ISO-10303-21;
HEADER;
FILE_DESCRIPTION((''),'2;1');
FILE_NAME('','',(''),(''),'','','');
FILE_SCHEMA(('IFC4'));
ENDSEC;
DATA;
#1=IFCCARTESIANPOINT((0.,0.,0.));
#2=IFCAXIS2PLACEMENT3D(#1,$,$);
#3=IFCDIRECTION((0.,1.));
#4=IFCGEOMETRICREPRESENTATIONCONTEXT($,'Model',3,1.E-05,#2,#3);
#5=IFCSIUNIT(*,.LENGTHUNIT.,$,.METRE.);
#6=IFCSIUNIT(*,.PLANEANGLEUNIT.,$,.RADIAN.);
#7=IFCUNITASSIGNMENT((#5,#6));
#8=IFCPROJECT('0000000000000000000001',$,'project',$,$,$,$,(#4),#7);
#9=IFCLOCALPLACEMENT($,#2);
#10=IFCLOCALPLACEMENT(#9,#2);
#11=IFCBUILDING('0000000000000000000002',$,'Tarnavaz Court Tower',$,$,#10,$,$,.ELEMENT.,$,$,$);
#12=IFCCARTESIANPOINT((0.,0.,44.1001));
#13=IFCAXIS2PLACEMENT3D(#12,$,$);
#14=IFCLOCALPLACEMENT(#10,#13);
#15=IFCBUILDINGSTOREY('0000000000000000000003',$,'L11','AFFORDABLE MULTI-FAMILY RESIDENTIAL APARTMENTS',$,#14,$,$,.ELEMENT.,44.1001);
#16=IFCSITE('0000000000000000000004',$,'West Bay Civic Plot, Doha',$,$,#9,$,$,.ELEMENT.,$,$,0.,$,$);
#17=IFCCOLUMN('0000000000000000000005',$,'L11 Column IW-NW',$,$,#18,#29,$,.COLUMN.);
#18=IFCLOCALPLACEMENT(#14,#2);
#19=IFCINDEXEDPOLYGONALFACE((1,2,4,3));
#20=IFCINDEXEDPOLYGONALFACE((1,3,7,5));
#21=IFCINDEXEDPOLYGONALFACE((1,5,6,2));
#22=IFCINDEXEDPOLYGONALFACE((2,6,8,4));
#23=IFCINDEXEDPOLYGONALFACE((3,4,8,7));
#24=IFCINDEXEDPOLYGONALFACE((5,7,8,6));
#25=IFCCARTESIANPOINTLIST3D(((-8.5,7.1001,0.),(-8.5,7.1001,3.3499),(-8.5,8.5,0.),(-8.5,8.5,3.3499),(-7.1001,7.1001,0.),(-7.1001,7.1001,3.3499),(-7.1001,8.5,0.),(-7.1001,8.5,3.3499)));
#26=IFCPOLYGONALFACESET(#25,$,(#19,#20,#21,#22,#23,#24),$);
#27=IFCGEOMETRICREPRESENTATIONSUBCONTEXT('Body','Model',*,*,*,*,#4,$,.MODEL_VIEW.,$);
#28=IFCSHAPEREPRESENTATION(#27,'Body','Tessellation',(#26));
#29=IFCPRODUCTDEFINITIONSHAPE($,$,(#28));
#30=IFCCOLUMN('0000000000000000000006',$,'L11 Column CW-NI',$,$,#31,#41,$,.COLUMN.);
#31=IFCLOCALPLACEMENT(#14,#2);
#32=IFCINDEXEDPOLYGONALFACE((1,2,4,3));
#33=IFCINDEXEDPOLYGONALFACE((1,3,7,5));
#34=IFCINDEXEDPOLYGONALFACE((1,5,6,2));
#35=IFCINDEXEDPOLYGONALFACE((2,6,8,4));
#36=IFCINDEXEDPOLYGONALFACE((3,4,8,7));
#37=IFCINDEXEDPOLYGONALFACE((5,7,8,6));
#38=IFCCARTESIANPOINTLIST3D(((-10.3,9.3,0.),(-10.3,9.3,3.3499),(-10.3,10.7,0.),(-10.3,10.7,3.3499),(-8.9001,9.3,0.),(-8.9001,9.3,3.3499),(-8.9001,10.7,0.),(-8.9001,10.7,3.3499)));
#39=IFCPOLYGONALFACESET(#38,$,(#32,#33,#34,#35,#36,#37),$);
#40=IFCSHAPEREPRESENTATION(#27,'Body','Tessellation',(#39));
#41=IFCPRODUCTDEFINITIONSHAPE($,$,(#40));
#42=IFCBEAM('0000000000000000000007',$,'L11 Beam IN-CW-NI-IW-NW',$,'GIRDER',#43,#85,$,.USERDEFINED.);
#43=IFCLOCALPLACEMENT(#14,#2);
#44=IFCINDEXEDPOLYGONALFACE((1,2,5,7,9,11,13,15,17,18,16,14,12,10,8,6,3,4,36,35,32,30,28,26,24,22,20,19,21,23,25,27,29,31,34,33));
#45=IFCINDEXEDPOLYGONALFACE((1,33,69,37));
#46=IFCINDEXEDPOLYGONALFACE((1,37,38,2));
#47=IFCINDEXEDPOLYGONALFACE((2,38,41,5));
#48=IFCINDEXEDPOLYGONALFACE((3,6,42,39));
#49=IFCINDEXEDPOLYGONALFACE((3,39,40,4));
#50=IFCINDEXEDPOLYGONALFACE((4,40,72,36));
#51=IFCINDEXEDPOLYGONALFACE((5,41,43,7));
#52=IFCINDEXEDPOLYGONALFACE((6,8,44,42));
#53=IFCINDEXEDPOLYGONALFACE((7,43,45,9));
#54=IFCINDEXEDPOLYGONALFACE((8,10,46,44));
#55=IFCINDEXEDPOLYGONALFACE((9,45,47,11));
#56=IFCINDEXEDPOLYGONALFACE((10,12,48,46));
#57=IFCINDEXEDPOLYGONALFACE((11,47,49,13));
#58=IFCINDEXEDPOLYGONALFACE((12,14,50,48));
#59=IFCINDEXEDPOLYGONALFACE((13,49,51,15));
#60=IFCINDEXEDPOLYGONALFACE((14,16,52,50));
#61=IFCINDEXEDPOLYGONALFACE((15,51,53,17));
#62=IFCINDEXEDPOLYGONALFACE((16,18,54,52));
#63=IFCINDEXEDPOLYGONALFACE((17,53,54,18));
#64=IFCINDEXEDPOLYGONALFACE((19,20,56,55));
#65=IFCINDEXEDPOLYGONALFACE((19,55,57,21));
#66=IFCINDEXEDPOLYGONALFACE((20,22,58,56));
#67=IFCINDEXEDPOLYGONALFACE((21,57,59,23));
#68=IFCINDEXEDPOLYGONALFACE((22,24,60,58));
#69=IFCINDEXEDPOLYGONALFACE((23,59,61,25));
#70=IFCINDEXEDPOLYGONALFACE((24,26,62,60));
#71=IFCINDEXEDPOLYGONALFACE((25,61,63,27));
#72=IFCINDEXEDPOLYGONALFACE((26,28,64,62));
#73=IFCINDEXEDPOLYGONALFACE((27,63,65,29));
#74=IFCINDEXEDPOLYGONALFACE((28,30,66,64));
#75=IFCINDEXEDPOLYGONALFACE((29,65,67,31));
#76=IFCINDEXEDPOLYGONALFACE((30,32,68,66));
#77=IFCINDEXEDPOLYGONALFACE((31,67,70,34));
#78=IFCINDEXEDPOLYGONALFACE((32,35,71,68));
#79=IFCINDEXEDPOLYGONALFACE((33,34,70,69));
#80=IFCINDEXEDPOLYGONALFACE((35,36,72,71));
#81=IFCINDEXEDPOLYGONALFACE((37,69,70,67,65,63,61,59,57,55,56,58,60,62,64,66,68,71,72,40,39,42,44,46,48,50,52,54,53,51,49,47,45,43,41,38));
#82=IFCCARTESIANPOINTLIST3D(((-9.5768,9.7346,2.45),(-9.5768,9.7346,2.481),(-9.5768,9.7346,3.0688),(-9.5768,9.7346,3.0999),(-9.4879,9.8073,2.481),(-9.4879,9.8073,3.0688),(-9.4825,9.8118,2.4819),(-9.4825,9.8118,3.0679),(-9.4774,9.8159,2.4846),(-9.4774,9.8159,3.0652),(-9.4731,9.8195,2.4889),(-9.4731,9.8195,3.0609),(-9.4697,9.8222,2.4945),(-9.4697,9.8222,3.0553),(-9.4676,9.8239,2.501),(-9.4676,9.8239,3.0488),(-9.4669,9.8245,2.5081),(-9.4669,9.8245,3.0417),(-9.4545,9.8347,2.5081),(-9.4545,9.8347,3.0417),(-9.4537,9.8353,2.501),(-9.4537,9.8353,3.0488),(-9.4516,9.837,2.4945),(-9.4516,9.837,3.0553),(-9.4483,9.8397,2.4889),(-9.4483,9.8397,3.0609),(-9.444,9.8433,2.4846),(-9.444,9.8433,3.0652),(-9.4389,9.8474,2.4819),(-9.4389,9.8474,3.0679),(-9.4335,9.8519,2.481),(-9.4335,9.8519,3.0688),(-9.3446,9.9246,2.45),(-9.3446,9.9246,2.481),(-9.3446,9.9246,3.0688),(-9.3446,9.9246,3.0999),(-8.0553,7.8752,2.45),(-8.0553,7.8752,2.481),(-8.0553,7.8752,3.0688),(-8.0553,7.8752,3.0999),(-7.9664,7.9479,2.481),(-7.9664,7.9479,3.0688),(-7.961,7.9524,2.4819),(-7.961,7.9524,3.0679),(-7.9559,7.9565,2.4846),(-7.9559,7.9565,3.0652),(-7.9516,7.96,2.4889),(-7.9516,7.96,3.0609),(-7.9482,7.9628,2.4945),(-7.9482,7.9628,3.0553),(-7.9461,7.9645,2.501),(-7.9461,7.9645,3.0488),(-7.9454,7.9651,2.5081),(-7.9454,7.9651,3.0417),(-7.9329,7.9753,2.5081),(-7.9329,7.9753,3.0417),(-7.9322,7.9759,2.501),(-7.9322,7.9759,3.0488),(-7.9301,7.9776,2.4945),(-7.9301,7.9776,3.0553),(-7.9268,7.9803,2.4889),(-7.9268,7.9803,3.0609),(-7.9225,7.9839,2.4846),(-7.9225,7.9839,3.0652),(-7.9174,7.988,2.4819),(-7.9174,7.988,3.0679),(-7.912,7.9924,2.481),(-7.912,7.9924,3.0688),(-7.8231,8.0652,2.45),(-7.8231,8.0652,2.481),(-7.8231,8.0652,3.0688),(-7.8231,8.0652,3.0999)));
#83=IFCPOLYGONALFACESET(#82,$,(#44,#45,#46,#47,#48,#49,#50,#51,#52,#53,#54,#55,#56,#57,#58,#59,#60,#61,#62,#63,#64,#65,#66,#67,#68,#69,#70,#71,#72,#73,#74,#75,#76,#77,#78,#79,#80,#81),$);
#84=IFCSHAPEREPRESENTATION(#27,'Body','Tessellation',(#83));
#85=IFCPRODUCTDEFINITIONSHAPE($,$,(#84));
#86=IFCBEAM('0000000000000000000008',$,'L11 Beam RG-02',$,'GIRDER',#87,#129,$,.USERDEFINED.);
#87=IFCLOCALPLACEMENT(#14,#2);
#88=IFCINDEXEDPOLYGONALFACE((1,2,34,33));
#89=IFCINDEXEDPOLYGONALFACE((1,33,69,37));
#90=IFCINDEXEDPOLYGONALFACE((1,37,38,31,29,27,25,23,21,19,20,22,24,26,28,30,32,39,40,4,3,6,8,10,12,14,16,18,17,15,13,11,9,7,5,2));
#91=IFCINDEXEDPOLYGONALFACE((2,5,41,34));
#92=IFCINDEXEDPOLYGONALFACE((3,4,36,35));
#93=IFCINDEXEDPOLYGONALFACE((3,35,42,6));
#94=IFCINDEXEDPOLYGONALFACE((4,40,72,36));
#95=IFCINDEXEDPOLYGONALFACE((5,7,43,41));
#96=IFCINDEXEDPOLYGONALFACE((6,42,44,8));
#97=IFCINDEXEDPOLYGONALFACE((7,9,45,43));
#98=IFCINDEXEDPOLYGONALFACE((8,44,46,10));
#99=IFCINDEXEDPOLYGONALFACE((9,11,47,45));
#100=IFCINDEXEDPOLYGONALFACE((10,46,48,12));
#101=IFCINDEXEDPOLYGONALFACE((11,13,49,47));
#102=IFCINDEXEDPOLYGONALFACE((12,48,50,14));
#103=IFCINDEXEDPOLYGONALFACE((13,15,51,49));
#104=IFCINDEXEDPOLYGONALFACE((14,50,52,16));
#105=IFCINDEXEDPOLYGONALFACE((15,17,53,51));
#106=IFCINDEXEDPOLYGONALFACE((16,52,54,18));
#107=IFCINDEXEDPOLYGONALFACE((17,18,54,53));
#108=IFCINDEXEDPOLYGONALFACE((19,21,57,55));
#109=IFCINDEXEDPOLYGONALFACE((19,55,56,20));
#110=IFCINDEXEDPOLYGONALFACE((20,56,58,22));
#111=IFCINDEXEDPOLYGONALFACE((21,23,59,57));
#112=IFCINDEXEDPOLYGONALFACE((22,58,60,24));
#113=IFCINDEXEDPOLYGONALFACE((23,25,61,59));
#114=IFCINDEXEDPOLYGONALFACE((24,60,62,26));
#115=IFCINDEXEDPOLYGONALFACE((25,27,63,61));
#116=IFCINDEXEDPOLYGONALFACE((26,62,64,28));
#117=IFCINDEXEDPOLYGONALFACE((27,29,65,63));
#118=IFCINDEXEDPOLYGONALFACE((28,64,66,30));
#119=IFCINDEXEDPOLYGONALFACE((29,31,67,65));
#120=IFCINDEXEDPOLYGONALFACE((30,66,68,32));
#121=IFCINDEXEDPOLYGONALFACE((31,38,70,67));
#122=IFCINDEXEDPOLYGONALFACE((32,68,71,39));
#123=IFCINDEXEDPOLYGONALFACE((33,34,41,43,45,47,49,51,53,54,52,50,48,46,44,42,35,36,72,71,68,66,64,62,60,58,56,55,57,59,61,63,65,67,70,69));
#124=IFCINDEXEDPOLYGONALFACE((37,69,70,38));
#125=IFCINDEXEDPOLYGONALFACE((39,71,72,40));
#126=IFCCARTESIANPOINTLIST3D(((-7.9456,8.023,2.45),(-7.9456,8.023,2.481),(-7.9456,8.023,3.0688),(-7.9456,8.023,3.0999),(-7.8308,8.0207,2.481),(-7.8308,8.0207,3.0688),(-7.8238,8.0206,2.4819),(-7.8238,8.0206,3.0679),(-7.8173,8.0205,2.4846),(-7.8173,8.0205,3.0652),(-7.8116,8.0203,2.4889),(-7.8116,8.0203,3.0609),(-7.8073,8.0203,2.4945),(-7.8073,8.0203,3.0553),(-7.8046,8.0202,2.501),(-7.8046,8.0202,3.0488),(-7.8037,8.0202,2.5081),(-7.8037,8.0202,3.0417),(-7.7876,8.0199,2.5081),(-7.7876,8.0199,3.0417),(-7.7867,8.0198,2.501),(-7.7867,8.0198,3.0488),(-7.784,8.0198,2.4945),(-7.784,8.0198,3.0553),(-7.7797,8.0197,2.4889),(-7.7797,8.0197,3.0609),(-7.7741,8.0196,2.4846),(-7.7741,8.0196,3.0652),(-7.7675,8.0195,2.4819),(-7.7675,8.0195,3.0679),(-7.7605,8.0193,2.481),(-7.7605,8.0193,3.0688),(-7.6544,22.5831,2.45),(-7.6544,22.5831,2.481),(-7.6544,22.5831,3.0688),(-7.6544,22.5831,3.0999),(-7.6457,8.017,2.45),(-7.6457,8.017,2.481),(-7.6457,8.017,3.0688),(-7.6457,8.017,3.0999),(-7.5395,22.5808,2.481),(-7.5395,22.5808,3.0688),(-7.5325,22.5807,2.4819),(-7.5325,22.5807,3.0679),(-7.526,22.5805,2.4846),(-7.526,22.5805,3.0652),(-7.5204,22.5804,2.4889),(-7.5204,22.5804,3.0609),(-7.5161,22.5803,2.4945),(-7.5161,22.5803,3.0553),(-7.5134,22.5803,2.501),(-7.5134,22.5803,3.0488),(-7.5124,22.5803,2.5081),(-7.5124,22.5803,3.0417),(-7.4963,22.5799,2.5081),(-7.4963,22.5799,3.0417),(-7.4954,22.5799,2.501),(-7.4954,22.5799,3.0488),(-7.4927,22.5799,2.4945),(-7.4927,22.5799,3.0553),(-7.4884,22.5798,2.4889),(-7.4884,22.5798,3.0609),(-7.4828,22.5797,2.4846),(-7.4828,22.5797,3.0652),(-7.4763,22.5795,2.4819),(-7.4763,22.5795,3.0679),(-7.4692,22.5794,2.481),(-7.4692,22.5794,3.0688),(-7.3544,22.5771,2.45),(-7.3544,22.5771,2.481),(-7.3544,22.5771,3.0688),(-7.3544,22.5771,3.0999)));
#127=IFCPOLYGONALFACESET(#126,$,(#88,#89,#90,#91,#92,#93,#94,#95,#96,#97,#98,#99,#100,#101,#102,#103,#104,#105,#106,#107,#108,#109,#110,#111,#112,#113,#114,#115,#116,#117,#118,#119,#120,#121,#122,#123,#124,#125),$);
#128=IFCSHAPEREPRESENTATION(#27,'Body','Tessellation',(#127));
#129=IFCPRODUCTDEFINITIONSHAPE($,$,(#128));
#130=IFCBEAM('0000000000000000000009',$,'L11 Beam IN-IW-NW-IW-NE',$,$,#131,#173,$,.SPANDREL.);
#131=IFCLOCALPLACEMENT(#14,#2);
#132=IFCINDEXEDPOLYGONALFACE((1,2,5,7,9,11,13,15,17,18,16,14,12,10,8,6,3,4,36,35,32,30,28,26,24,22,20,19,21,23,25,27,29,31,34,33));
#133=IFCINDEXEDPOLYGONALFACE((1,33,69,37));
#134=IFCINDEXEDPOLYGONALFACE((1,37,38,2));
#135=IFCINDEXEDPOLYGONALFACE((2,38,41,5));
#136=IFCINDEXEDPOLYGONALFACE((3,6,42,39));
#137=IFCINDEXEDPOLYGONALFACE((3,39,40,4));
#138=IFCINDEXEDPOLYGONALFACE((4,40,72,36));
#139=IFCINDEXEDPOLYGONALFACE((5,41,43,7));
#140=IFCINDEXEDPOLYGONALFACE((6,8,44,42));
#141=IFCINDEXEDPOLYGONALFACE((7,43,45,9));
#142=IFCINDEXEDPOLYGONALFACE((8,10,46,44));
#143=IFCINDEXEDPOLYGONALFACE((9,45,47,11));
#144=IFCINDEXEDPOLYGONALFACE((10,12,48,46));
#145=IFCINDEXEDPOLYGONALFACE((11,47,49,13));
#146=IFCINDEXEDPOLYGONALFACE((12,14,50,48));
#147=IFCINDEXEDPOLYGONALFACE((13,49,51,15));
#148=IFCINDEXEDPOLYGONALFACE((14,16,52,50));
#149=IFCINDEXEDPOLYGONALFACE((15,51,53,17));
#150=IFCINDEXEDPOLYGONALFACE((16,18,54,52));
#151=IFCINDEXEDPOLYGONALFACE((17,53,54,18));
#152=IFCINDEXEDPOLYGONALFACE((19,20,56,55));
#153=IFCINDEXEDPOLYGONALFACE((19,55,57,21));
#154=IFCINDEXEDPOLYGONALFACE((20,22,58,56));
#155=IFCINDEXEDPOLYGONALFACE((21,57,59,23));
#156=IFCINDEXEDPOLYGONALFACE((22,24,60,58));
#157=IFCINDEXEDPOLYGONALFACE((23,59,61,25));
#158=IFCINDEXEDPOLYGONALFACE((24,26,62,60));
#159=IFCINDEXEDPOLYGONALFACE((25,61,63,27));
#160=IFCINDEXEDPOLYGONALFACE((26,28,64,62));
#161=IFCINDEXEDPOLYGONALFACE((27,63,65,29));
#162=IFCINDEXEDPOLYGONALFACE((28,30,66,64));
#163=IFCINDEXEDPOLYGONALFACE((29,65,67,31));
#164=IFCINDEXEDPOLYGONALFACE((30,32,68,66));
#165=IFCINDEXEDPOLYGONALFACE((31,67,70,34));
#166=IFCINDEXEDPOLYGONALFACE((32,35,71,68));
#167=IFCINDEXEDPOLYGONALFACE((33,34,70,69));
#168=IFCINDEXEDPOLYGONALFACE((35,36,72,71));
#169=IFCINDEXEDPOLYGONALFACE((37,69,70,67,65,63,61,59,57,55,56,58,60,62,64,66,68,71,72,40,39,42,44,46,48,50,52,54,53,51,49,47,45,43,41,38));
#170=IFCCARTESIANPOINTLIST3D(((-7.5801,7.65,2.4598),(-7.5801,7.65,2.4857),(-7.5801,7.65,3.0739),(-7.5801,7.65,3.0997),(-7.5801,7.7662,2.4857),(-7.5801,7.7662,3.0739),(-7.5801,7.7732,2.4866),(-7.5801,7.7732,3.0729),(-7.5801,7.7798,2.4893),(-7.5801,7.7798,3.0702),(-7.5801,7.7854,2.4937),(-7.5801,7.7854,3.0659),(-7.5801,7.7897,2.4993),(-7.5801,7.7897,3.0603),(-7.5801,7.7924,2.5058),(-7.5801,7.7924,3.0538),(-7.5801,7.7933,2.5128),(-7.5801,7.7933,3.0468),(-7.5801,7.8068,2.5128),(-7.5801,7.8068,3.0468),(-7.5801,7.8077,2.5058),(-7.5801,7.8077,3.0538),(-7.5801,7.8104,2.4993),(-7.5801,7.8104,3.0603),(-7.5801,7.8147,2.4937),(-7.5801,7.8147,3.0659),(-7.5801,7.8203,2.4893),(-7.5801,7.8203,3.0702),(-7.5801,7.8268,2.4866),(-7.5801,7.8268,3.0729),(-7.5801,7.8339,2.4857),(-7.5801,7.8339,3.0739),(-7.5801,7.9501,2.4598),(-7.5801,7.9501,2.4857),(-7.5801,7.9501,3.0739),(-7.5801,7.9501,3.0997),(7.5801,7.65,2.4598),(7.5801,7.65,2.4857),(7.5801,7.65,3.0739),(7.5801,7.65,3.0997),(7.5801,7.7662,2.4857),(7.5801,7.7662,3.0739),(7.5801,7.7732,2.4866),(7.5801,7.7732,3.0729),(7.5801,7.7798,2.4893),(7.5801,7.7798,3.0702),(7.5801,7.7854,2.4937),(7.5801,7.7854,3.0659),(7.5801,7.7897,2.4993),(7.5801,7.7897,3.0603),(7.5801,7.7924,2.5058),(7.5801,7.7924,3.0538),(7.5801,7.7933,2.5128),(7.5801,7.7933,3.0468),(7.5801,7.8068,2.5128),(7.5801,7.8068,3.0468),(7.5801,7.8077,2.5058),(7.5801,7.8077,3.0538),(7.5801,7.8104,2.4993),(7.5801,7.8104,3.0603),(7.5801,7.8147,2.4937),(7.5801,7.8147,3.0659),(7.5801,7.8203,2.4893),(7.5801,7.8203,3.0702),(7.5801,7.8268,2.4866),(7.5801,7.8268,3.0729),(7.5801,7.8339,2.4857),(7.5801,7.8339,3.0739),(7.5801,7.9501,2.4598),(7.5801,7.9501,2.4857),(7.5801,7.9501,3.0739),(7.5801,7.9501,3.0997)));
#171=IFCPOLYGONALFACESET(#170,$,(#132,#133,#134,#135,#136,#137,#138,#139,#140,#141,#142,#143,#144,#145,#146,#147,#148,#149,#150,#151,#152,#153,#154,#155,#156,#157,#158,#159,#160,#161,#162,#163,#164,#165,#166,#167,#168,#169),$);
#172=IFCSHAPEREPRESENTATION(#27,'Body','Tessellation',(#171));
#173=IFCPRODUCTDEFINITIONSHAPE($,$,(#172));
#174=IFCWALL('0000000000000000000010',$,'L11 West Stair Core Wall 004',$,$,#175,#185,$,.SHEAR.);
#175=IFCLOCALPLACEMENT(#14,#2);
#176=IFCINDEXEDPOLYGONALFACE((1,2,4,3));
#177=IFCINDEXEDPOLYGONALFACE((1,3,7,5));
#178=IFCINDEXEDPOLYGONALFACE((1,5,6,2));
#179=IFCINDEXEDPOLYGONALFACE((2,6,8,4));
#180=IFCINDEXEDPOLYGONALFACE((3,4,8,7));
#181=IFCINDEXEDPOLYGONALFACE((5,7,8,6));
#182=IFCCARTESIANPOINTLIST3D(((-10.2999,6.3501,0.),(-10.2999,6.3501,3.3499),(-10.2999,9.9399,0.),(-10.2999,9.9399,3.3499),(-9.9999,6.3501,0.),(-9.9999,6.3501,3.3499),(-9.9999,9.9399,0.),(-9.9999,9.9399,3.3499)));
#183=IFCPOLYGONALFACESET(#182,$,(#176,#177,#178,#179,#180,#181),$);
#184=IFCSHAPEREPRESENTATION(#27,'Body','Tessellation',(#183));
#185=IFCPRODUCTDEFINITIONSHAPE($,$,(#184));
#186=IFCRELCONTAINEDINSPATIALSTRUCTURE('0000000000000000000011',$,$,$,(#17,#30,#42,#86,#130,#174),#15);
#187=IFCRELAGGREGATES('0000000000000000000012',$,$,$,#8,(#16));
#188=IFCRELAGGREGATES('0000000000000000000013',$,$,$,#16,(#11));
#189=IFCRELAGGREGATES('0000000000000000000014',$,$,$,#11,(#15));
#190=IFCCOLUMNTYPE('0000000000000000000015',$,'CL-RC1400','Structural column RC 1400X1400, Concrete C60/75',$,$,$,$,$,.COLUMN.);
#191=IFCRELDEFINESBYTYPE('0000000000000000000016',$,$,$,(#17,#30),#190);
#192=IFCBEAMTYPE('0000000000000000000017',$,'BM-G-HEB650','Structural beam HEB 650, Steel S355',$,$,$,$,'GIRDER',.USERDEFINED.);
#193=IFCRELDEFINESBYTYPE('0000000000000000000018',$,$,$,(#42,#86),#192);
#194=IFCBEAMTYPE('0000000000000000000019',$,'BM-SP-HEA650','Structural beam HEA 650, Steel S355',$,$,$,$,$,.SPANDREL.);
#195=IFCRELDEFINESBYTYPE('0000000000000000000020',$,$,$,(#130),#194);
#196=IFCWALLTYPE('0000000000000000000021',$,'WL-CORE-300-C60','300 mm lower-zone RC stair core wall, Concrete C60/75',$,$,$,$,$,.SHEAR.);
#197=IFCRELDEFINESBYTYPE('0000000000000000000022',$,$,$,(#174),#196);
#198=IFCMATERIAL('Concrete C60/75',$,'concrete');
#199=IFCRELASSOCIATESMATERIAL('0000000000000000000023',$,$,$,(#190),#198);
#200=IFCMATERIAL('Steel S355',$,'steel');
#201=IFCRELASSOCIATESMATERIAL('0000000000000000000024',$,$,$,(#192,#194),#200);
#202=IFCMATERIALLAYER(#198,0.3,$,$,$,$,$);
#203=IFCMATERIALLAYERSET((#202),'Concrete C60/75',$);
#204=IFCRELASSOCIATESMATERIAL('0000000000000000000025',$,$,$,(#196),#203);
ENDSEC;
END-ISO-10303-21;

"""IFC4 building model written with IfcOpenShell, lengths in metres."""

from ifc_helpers import new_model, si_unit, direction, frame, frame_2d, origin, origin_2d, place, context, subcontext, project, spatial, rectangle, i_section, extrude, material, layer, layer_set, material_profile, profile_set, type_object, element, save


model = new_model("IFC4")

# Units and contexts
model_context = context("Model", 3, precision=1e-05, world=origin(), true_north=direction((0.0, 1.0)))
body_context = subcontext(model_context, "Body", "Model", "MODEL_VIEW")
ifc_project = project(units=[si_unit("LENGTHUNIT", "METRE"), si_unit("PLANEANGLEUNIT", "RADIAN")], contexts=[model_context])

# Site, building, storey
site_placement = place(None, origin())
site = spatial("IfcSite", under=ifc_project, at=site_placement, Name="West Bay Civic Plot, Doha", CompositionType="ELEMENT", RefElevation=0.0)
building_placement = place(site_placement, origin())
building = spatial("IfcBuilding", under=site, at=building_placement, Name="Tarnavaz Court Tower", CompositionType="ELEMENT")
storey_placement = place(building_placement, frame((0.0, 0.0, 44.1001)))
storey = spatial("IfcBuildingStorey", under=building, at=storey_placement, Name="L11", Description="AFFORDABLE MULTI-FAMILY RESIDENTIAL APARTMENTS", CompositionType="ELEMENT", Elevation=44.1001)

# Columns
ifc_material_1 = material(Name="Concrete C60/75", Category="concrete")
ifc_material_profile_1 = material_profile(ifc_material_1, rectangle(XDim=1.3999, YDim=1.3999, at=origin_2d()), Name="RC 1400X1400")
ifc_profile_set_1 = profile_set([ifc_material_profile_1], Name="Concrete C60/75")
column_type = type_object("IfcColumnType", Name="CL-RC1400", Description="Structural column RC 1400X1400, Concrete C60/75", PredefinedType="COLUMN", material=ifc_profile_set_1)
for number, where, z_axis, x_axis, name in (
    (1, (-7.8, 7.8, 0.0), (0.0, 0.0, 1.0), (1.0, 0.0, 0.0), "L11 Column IW-NW"),
    (2, (-9.6001, 10.0, 0.0), (0.0, 0.0, 1.0), (1.0, 0.0, 0.0), "L11 Column CW-NI"),
):
    element("IfcColumn", number, at=place(storey_placement, frame(where, z_axis=z_axis, x_axis=x_axis)), inside=storey, type_object=column_type, Name=name, PredefinedType="COLUMN", context=body_context, shape_type="SweptSolid", body=[
        extrude(rectangle(XDim=1.3999, YDim=1.3999, at=origin_2d()), origin(), (0.0, 0.0, 1.0), 3.3499),
    ])

# Beams
ifc_material_2 = material(Name="Steel S355", Category="steel")
ifc_material_profile_2 = material_profile(ifc_material_2, i_section(OverallWidth=0.3, OverallDepth=0.6499, WebThickness=0.0161, FlangeThickness=0.031, FilletRadius=0.0271, at=origin_2d()), Name="HEB 650")
ifc_profile_set_2 = profile_set([ifc_material_profile_2], Name="Steel S355")
beam_type_1 = type_object("IfcBeamType", Name="BM-G-HEB650", Description="Structural beam HEB 650, Steel S355", ElementType="GIRDER", PredefinedType="USERDEFINED", material=ifc_profile_set_2)
beam_1_placement = place(storey_placement, frame((-9.4607, 9.8296, 2.7749), z_axis=(0.633282, -0.773921, 0.0), x_axis=(0.773921, 0.633282, 0.0)))
element("IfcBeam", 3, at=beam_1_placement, inside=storey, type_object=beam_type_1, Name="L11 Beam IN-CW-NI-IW-NW", ObjectType="GIRDER", PredefinedType="USERDEFINED", context=body_context, shape_type="SweptSolid", body=[
    extrude(i_section(OverallWidth=0.3, OverallDepth=0.6499, WebThickness=0.0161, FlangeThickness=0.031, FilletRadius=0.0271, at=origin_2d()), origin(), (0.0, 0.0, 1.0), 2.4026),
])
beam_2_placement = place(storey_placement, frame((-7.7957, 8.02, 2.7749), z_axis=(0.02, 0.9998, 0.0), x_axis=(-0.9998, 0.02, 0.0)))
element("IfcBeam", 4, at=beam_2_placement, inside=storey, type_object=beam_type_1, Name="L11 Beam RG-02", ObjectType="GIRDER", PredefinedType="USERDEFINED", context=body_context, shape_type="SweptSolid", body=[
    extrude(i_section(OverallWidth=0.3, OverallDepth=0.6499, WebThickness=0.0161, FlangeThickness=0.031, FilletRadius=0.0271, at=origin_2d()), origin(), (0.0, 0.0, 1.0), 14.563),
])
ifc_material_profile_3 = material_profile(ifc_material_2, i_section(OverallWidth=0.3, OverallDepth=0.6399, WebThickness=0.0134, FlangeThickness=0.0259, FilletRadius=0.0271, at=origin_2d()), Name="HEA 650")
ifc_profile_set_3 = profile_set([ifc_material_profile_3], Name="Steel S355")
beam_type_2 = type_object("IfcBeamType", Name="BM-SP-HEA650", Description="Structural beam HEA 650, Steel S355", PredefinedType="SPANDREL", material=ifc_profile_set_3)
beam_3_placement = place(storey_placement, frame((-7.5801, 7.8, 2.7798), z_axis=(1.0, 0.0, 0.0), x_axis=(0.0, 1.0, 0.0)))
element("IfcBeam", 5, at=beam_3_placement, inside=storey, type_object=beam_type_2, Name="L11 Beam IN-IW-NW-IW-NE", PredefinedType="SPANDREL", context=body_context, shape_type="SweptSolid", body=[
    extrude(i_section(OverallWidth=0.3, OverallDepth=0.6399, WebThickness=0.0134, FlangeThickness=0.0259, FilletRadius=0.0271, at=origin_2d()), origin(), (0.0, 0.0, 1.0), 15.1602),
])

# Wall
ifc_layer_1 = layer(ifc_material_1, 0.3)
ifc_layer_set_1 = layer_set([ifc_layer_1], Name="Concrete C60/75")
wall_type_1 = type_object("IfcWallType", Name="WL-CORE-300-C60", Description="300 mm lower-zone RC stair core wall, Concrete C60/75", PredefinedType="SHEAR", material=ifc_layer_set_1)
wall_1_placement = place(storey_placement, frame((-10.1499, 6.3501, 0.0), z_axis=(0.0, 0.0, 1.0), x_axis=(0.0, 1.0, 0.0)))
element("IfcWall", 6, at=wall_1_placement, inside=storey, type_object=wall_type_1, Name="L11 West Stair Core Wall 004", PredefinedType="SHEAR", context=body_context, shape_type="SweptSolid", body=[
    extrude(rectangle(XDim=3.5898, YDim=0.3, at=frame_2d((1.7949, 0.0))), origin(), (0.0, 0.0, 1.0), 3.3499),
])

save(model, "model.ifc")
